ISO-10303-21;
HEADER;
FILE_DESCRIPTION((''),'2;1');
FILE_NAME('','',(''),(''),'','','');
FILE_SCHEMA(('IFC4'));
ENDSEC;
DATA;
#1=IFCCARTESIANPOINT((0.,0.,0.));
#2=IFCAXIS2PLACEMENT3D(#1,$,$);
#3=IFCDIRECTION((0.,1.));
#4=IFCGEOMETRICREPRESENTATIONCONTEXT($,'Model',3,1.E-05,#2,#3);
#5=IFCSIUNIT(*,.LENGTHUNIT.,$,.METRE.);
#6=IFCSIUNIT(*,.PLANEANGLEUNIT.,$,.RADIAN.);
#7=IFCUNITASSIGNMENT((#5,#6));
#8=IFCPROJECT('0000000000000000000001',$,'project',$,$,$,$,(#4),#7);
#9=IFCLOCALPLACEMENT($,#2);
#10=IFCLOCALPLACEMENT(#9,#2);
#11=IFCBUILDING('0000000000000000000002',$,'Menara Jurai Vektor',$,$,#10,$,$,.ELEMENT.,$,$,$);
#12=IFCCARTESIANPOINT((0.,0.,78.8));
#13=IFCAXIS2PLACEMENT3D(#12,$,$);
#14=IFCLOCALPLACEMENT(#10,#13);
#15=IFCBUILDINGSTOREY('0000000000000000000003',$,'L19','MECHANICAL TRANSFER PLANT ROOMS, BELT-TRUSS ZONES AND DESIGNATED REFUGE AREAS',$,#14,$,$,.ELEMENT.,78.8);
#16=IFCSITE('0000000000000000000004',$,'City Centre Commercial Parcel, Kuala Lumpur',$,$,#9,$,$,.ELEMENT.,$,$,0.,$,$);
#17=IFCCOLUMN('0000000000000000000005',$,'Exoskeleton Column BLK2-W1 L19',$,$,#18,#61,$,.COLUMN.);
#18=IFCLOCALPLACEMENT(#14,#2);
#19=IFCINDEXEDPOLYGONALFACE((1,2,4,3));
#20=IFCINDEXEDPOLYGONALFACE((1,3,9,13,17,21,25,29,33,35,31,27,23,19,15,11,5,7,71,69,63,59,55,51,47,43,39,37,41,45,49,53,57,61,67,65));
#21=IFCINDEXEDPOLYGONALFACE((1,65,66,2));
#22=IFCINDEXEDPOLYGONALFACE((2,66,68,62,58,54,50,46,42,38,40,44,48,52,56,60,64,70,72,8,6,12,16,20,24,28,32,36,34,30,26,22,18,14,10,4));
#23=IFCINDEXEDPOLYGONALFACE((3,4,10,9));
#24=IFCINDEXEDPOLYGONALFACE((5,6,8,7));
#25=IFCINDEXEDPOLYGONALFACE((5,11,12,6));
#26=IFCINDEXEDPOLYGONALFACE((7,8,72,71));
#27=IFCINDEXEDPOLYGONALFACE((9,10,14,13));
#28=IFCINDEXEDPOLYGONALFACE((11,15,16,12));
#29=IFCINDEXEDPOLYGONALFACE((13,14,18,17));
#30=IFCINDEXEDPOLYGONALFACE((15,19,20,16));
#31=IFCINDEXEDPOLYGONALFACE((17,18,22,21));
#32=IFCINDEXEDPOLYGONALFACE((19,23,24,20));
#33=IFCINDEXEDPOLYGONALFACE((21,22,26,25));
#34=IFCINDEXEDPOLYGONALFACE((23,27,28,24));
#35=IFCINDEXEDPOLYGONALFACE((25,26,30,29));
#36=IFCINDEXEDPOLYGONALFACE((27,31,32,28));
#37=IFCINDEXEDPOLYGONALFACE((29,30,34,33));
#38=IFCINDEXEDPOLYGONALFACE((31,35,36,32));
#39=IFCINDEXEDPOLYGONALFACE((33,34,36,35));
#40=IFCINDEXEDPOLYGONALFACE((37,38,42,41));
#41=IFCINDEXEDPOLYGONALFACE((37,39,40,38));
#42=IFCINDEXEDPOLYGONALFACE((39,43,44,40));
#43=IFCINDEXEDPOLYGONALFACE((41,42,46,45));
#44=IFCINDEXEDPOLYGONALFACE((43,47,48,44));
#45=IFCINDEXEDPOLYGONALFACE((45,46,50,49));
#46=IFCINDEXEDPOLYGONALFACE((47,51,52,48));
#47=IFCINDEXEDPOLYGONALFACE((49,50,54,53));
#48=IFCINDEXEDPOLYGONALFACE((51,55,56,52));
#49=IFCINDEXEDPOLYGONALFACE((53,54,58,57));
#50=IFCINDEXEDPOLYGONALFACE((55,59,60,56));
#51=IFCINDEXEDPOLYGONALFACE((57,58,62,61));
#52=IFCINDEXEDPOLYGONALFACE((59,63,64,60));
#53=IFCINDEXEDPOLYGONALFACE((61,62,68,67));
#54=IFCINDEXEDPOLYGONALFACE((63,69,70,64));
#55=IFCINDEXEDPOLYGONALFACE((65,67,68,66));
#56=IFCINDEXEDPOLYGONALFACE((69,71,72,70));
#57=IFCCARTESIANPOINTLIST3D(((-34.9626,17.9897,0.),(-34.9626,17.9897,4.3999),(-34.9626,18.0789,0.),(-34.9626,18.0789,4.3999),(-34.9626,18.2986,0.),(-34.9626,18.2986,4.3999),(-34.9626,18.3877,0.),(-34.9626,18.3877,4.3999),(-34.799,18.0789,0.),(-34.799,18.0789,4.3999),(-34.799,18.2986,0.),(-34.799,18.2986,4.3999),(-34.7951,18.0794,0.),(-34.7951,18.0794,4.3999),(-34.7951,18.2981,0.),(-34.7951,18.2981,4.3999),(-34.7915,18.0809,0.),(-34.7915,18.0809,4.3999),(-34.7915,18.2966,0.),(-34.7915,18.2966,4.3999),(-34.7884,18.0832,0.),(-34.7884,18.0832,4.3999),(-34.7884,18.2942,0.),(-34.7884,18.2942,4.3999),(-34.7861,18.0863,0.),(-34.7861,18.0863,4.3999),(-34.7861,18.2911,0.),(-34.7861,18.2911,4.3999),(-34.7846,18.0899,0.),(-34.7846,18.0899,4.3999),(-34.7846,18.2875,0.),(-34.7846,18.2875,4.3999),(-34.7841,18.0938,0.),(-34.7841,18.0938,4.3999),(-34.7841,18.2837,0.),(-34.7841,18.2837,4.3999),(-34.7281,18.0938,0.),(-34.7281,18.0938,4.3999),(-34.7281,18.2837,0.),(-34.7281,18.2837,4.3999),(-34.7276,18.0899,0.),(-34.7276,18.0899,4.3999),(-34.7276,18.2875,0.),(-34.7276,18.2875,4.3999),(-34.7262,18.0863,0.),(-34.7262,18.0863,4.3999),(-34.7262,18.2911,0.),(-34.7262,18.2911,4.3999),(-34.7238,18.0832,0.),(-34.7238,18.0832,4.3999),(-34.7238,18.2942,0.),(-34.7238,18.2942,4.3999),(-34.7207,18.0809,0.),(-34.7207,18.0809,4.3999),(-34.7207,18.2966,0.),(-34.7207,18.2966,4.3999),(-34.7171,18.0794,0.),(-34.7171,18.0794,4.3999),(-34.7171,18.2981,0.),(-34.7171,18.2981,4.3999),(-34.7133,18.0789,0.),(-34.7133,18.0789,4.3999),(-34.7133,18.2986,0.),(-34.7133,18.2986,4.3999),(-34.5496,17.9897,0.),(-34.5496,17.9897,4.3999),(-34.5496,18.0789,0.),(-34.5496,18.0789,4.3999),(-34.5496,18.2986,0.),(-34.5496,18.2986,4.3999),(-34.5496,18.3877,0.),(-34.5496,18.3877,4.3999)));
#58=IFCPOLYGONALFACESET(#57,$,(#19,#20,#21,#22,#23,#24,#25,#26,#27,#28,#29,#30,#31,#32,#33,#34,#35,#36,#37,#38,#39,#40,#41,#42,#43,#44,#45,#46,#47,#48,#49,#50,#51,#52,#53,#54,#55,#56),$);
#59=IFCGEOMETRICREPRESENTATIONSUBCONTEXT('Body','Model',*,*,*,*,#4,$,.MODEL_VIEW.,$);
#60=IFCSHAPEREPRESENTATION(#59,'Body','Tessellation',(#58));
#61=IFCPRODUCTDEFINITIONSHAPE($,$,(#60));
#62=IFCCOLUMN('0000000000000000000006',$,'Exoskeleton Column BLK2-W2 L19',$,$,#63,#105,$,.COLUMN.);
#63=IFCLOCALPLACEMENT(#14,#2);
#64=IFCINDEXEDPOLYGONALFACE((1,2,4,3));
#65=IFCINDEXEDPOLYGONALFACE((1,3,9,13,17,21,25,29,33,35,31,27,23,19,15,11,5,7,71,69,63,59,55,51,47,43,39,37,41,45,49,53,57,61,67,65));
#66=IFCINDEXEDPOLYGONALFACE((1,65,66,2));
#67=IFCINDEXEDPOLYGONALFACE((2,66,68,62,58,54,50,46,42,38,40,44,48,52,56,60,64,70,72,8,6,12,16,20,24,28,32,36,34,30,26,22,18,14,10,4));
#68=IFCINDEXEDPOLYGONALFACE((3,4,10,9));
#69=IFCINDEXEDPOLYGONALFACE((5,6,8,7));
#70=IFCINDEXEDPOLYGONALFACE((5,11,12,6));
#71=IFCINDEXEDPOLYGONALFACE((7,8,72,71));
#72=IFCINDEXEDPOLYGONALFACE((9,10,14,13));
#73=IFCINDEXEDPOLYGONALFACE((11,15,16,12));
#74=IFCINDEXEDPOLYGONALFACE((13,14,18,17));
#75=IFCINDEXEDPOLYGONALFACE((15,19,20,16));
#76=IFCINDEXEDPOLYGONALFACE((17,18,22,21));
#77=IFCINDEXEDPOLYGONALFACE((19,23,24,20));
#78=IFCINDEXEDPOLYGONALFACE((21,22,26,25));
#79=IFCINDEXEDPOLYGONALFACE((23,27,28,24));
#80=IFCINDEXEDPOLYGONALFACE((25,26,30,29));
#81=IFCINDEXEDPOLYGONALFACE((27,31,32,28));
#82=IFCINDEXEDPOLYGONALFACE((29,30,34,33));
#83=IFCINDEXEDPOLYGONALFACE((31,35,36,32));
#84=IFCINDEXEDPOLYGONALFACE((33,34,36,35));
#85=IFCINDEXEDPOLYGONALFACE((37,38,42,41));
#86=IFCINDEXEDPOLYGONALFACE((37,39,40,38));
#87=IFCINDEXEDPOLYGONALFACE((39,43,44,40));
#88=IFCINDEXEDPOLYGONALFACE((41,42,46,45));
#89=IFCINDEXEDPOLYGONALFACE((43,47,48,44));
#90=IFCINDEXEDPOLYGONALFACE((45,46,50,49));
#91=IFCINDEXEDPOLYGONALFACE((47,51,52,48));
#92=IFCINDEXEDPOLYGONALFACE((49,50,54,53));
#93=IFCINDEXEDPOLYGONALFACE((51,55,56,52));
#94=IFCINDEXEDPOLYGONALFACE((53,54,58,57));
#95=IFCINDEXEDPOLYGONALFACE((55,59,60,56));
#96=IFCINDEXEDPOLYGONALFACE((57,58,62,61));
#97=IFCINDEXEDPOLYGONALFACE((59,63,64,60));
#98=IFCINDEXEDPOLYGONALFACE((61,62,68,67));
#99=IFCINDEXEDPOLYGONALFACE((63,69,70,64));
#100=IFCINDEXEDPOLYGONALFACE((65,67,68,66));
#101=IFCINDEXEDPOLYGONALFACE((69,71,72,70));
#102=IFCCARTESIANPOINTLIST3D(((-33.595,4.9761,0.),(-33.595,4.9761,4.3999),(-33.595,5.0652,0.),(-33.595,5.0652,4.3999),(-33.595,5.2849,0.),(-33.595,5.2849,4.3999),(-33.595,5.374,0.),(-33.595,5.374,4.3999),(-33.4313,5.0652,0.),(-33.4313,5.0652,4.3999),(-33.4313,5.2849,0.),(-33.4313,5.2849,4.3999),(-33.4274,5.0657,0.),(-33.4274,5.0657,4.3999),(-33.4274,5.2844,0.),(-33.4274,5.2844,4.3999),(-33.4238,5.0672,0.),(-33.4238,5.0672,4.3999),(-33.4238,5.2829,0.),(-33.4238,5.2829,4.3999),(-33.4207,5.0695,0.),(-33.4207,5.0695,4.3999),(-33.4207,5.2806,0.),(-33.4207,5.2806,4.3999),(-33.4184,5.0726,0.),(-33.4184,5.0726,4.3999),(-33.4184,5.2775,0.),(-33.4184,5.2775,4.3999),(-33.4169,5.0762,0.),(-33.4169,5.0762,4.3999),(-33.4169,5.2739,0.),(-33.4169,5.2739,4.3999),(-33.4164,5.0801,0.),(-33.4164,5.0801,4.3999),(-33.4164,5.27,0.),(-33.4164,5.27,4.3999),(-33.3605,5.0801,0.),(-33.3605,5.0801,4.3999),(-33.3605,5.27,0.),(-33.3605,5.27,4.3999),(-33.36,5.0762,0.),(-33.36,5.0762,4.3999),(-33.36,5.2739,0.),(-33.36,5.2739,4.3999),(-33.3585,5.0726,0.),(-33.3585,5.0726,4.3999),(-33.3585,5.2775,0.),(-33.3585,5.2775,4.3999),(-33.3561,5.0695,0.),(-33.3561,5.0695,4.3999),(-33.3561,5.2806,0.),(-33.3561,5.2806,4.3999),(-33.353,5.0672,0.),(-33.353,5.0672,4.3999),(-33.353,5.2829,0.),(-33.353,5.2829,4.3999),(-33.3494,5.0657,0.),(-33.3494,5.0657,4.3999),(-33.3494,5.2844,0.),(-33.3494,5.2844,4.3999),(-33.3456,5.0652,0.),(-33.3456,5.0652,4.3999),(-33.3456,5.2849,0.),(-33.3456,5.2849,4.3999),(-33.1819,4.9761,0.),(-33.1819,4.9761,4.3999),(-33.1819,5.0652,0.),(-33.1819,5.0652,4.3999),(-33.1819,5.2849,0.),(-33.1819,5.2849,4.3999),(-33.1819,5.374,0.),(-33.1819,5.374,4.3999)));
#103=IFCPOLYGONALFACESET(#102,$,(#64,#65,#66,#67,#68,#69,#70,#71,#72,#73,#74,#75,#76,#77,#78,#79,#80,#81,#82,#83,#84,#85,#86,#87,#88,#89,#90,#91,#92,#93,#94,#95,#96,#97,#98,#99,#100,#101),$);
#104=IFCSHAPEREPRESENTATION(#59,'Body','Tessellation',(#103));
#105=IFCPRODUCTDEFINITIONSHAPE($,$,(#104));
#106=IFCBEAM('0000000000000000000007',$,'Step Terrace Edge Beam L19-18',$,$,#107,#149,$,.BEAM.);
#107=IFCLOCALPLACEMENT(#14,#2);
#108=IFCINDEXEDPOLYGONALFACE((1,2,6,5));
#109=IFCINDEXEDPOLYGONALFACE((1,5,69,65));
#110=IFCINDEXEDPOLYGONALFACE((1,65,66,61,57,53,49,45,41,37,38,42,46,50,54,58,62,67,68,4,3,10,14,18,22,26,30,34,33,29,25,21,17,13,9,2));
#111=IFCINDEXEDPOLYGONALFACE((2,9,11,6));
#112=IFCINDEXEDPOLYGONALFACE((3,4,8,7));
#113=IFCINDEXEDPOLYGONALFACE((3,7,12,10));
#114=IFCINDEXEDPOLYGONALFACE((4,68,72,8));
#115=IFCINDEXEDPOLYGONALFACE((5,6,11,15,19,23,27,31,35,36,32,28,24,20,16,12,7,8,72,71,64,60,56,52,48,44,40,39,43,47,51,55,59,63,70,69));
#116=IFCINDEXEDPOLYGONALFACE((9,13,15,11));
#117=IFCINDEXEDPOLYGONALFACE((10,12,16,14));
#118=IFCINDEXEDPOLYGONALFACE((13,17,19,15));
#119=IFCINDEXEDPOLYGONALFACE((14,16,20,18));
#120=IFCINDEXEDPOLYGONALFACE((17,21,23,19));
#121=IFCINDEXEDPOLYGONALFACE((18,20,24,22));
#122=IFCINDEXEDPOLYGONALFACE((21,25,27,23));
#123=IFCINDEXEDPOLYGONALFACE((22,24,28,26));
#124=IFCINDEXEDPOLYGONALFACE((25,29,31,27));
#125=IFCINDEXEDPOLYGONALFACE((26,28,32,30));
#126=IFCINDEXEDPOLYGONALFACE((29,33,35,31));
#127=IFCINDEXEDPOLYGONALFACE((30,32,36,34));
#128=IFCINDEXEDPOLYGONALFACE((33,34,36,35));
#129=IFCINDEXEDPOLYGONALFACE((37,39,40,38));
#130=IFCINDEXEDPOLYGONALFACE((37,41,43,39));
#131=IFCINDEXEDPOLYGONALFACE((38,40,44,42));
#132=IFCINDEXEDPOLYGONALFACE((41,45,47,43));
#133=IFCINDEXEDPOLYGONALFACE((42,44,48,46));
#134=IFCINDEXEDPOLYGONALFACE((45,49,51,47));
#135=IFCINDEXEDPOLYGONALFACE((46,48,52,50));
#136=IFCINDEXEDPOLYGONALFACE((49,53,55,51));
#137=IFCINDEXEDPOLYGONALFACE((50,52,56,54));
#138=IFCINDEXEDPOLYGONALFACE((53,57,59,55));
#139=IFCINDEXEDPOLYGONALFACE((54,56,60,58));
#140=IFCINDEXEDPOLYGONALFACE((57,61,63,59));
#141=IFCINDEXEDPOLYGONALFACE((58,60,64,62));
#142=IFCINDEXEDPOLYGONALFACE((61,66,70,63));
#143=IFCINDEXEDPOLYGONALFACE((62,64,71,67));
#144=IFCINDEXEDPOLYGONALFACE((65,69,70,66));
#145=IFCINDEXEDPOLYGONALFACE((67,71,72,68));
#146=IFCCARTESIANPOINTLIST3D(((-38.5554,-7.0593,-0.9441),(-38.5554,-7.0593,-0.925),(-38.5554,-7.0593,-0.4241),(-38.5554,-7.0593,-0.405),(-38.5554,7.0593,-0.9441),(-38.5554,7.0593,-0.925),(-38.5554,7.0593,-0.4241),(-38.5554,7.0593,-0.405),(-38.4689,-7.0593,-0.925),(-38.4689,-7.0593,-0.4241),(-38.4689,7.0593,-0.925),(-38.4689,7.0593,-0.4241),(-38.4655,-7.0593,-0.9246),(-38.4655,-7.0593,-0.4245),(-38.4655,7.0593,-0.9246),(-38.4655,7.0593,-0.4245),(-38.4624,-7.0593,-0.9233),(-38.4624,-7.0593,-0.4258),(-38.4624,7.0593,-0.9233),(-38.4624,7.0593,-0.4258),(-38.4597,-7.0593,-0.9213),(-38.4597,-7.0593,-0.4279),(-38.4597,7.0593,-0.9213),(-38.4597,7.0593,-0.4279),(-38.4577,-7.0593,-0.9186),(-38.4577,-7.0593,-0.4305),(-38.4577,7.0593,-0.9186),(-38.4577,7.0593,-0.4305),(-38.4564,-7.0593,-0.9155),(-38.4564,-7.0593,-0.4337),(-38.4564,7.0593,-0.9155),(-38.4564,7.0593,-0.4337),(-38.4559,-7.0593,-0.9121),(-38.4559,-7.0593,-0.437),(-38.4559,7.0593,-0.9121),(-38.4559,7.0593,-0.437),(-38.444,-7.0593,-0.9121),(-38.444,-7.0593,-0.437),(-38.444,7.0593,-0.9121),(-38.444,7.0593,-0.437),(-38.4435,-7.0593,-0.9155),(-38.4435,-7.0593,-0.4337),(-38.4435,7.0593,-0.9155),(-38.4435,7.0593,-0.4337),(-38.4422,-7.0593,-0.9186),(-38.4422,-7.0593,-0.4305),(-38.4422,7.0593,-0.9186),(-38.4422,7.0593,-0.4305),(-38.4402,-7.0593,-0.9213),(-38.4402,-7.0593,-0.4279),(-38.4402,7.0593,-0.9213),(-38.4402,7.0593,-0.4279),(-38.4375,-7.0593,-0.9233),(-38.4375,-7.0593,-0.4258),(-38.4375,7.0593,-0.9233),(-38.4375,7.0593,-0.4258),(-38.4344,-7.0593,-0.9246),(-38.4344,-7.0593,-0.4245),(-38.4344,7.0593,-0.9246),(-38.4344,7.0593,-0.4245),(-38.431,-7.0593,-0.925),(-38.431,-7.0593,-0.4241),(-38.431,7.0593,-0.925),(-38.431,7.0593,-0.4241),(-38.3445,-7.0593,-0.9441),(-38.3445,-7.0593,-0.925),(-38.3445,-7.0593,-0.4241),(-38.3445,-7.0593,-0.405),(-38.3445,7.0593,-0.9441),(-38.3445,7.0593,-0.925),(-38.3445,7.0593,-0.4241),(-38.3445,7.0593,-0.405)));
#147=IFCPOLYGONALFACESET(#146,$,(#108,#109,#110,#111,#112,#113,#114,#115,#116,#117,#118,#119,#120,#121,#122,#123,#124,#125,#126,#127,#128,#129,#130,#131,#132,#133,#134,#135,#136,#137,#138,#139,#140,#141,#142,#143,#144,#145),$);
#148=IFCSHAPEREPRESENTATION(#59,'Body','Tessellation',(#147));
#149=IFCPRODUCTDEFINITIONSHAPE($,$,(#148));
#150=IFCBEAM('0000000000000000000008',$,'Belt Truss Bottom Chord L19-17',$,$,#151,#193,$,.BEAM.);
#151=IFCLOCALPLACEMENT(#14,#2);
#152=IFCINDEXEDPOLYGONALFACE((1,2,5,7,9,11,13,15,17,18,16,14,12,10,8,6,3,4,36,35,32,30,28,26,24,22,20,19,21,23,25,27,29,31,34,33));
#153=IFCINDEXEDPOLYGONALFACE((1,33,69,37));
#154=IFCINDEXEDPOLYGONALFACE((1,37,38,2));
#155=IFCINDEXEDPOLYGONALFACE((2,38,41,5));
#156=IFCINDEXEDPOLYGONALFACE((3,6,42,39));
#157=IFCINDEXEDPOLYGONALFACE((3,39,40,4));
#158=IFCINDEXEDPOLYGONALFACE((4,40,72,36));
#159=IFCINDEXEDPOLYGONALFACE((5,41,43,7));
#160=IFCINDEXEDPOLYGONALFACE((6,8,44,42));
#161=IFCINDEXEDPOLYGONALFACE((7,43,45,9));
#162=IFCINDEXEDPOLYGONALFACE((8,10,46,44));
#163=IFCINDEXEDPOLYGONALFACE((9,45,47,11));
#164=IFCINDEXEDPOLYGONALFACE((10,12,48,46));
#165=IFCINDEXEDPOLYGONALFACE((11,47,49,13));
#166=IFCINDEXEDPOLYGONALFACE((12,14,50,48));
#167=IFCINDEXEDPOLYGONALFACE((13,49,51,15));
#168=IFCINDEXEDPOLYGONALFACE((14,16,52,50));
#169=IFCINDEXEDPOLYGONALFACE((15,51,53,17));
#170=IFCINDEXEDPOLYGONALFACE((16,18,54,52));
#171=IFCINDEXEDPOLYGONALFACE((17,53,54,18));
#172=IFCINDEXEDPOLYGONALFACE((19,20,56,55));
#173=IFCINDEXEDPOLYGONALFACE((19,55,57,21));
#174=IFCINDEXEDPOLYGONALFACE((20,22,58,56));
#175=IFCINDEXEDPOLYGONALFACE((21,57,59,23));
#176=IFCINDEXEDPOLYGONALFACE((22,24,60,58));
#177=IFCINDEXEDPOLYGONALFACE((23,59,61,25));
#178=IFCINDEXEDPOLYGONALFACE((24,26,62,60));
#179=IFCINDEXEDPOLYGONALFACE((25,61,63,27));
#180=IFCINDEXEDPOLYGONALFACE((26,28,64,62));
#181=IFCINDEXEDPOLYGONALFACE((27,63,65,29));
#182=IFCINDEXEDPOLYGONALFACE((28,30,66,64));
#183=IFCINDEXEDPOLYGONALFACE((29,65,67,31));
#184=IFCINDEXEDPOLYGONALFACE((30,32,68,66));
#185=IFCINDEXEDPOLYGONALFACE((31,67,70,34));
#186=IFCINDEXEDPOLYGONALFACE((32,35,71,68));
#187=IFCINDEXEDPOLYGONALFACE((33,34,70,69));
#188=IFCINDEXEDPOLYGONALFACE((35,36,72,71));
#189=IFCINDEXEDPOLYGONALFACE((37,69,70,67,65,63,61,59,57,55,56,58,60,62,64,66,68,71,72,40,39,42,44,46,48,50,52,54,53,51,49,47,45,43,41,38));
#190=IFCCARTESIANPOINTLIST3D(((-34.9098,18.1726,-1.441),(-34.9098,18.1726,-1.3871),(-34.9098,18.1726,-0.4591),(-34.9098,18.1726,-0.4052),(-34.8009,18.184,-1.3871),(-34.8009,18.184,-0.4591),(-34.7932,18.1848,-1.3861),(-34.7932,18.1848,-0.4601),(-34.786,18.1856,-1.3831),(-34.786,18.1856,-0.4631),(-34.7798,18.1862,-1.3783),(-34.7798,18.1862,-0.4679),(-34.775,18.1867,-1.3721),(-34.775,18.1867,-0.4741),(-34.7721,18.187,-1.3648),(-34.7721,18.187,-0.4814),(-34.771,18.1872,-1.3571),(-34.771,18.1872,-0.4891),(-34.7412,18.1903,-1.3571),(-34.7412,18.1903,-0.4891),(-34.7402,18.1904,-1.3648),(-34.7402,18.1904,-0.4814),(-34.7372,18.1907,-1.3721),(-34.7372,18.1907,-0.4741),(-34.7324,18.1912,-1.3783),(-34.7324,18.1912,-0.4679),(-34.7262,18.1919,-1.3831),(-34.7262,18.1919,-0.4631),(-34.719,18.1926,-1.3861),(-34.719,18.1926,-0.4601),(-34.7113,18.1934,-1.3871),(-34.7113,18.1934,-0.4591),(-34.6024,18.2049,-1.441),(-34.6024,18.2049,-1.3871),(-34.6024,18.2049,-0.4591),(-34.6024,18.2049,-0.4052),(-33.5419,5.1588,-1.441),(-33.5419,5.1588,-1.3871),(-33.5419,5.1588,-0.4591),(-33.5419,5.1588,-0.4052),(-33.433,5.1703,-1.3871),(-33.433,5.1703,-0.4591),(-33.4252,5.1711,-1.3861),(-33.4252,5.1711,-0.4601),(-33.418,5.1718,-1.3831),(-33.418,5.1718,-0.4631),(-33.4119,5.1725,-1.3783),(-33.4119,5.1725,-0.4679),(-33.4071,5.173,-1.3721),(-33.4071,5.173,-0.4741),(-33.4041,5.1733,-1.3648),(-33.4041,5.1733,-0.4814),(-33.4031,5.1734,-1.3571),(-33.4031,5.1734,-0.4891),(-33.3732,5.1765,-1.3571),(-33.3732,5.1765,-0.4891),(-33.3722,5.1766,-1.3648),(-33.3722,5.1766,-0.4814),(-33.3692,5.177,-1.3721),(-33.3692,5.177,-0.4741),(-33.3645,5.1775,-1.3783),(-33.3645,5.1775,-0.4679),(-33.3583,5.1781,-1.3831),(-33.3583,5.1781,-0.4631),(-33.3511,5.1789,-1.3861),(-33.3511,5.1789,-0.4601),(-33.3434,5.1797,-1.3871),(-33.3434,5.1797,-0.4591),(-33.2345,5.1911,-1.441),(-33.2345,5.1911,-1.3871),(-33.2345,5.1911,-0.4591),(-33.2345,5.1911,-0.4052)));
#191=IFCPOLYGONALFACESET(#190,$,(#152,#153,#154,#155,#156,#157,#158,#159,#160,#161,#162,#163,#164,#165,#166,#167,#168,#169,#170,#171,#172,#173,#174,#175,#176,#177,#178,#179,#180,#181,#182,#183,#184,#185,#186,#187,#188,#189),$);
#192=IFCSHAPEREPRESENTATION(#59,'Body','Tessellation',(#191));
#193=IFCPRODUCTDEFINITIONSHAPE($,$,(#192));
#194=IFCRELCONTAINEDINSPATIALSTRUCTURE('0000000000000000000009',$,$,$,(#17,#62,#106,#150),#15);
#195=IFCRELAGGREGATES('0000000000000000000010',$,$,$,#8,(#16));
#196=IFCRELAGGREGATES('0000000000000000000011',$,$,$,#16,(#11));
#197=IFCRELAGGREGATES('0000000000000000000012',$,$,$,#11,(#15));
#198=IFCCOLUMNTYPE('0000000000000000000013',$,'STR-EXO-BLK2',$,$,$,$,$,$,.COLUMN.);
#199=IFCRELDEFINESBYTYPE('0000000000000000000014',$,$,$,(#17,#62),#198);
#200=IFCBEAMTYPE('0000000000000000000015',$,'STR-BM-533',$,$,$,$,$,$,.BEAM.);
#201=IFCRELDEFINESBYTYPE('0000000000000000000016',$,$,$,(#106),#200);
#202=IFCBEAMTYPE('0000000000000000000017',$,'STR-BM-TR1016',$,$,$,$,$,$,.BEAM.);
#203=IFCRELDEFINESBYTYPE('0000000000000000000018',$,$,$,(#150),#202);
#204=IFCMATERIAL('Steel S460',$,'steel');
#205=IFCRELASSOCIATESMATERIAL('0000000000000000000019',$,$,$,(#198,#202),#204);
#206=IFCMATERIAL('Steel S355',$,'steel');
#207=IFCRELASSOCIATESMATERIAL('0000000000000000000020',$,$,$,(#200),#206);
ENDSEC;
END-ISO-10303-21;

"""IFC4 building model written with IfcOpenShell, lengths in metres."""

from ifc_helpers import new_model, si_unit, direction, frame, origin, origin_2d, place, context, subcontext, project, spatial, i_section, extrude, material, material_profile, profile_set, type_object, element, save


model = new_model("IFC4")

# Units and contexts
model_context = context("Model", 3, precision=1e-05, world=origin(), true_north=direction((0.0, 1.0)))
body_context = subcontext(model_context, "Body", "Model", "MODEL_VIEW")
ifc_project = project(units=[si_unit("LENGTHUNIT", "METRE"), si_unit("PLANEANGLEUNIT", "RADIAN")], contexts=[model_context])

# Site, building, storey
site_placement = place(None, origin())
site = spatial("IfcSite", under=ifc_project, at=site_placement, Name="City Centre Commercial Parcel, Kuala Lumpur", CompositionType="ELEMENT", RefElevation=0.0)
building_placement = place(site_placement, origin())
building = spatial("IfcBuilding", under=site, at=building_placement, Name="Menara Jurai Vektor", CompositionType="ELEMENT")
storey_placement = place(building_placement, frame((0.0, 0.0, 78.8)))
storey = spatial("IfcBuildingStorey", under=building, at=storey_placement, Name="L19", Description="MECHANICAL TRANSFER PLANT ROOMS, BELT-TRUSS ZONES AND DESIGNATED REFUGE AREAS", CompositionType="ELEMENT", Elevation=78.8)

# Columns
ifc_material_1 = material(Name="Steel S460", Category="steel")
ifc_material_profile_1 = material_profile(ifc_material_1, i_section(OverallWidth=0.4131, OverallDepth=0.3979, WebThickness=0.0559, FlangeThickness=0.0891, FilletRadius=0.0149, at=origin_2d()), Name="HD 400x744")
ifc_profile_set_1 = profile_set([ifc_material_profile_1], Name="Steel S460")
column_type = type_object("IfcColumnType", Name="STR-EXO-BLK2", PredefinedType="COLUMN", material=ifc_profile_set_1)
for number, where, z_axis, x_axis, name in (
    (1, (-34.7561, 18.1887, 0.0), (0.0, 0.0, 1.0), (1.0, 0.0, 0.0), "Exoskeleton Column BLK2-W1 L19"),
    (2, (-33.3884, 5.175, 0.0), (0.0, 0.0, 1.0), (1.0, 0.0, 0.0), "Exoskeleton Column BLK2-W2 L19"),
):
    element("IfcColumn", number, at=place(storey_placement, frame(where, z_axis=z_axis, x_axis=x_axis)), inside=storey, type_object=column_type, Name=name, PredefinedType="COLUMN", context=body_context, shape_type="SweptSolid", body=[
        extrude(i_section(OverallWidth=0.4131, OverallDepth=0.3979, WebThickness=0.0559, FlangeThickness=0.0891, FilletRadius=0.0149, at=origin_2d()), origin(), (0.0, 0.0, 1.0), 4.3999),
    ])

# Beams
ifc_material_2 = material(Name="Steel S355", Category="steel")
ifc_material_profile_2 = material_profile(ifc_material_2, i_section(OverallWidth=0.2109, OverallDepth=0.5391, WebThickness=0.012, FlangeThickness=0.019, FilletRadius=0.0129, at=origin_2d()), Name="UKB 533x210x109")
ifc_profile_set_2 = profile_set([ifc_material_profile_2], Name="Steel S355")
beam_type_1 = type_object("IfcBeamType", Name="STR-BM-533", PredefinedType="BEAM", material=ifc_profile_set_2)
beam_1_placement = place(storey_placement, frame((-38.45, 7.0593, -0.6746), z_axis=(0.0, -1.0, 0.0), x_axis=(1.0, 0.0, 0.0)))
element("IfcBeam", 3, at=beam_1_placement, inside=storey, type_object=beam_type_1, Name="Step Terrace Edge Beam L19-18", PredefinedType="BEAM", context=body_context, shape_type="SweptSolid", body=[
    extrude(i_section(OverallWidth=0.2109, OverallDepth=0.5391, WebThickness=0.012, FlangeThickness=0.019, FilletRadius=0.0129, at=origin_2d()), origin(), (0.0, 0.0, 1.0), 14.1187),
])
ifc_material_profile_3 = material_profile(ifc_material_1, i_section(OverallWidth=0.3091, OverallDepth=1.0359, WebThickness=0.03, FlangeThickness=0.054, FilletRadius=0.03, at=origin_2d()), Name="UKB 1016x305x487")
ifc_profile_set_3 = profile_set([ifc_material_profile_3], Name="Steel S460")
beam_type_2 = type_object("IfcBeamType", Name="STR-BM-TR1016", PredefinedType="BEAM", material=ifc_profile_set_3)
beam_2_placement = place(storey_placement, frame((-34.7561, 18.1887, -0.9231), z_axis=(0.104538, -0.994521, 0.0), x_axis=(0.994521, 0.104538, 0.0)))
element("IfcBeam", 4, at=beam_2_placement, inside=storey, type_object=beam_type_2, Name="Belt Truss Bottom Chord L19-17", PredefinedType="BEAM", context=body_context, shape_type="SweptSolid", body=[
    extrude(i_section(OverallWidth=0.3091, OverallDepth=1.0359, WebThickness=0.03, FlangeThickness=0.054, FilletRadius=0.03, at=origin_2d()), origin(), (0.0, 0.0, 1.0), 13.0854),
])

save(model, "model.ifc")
